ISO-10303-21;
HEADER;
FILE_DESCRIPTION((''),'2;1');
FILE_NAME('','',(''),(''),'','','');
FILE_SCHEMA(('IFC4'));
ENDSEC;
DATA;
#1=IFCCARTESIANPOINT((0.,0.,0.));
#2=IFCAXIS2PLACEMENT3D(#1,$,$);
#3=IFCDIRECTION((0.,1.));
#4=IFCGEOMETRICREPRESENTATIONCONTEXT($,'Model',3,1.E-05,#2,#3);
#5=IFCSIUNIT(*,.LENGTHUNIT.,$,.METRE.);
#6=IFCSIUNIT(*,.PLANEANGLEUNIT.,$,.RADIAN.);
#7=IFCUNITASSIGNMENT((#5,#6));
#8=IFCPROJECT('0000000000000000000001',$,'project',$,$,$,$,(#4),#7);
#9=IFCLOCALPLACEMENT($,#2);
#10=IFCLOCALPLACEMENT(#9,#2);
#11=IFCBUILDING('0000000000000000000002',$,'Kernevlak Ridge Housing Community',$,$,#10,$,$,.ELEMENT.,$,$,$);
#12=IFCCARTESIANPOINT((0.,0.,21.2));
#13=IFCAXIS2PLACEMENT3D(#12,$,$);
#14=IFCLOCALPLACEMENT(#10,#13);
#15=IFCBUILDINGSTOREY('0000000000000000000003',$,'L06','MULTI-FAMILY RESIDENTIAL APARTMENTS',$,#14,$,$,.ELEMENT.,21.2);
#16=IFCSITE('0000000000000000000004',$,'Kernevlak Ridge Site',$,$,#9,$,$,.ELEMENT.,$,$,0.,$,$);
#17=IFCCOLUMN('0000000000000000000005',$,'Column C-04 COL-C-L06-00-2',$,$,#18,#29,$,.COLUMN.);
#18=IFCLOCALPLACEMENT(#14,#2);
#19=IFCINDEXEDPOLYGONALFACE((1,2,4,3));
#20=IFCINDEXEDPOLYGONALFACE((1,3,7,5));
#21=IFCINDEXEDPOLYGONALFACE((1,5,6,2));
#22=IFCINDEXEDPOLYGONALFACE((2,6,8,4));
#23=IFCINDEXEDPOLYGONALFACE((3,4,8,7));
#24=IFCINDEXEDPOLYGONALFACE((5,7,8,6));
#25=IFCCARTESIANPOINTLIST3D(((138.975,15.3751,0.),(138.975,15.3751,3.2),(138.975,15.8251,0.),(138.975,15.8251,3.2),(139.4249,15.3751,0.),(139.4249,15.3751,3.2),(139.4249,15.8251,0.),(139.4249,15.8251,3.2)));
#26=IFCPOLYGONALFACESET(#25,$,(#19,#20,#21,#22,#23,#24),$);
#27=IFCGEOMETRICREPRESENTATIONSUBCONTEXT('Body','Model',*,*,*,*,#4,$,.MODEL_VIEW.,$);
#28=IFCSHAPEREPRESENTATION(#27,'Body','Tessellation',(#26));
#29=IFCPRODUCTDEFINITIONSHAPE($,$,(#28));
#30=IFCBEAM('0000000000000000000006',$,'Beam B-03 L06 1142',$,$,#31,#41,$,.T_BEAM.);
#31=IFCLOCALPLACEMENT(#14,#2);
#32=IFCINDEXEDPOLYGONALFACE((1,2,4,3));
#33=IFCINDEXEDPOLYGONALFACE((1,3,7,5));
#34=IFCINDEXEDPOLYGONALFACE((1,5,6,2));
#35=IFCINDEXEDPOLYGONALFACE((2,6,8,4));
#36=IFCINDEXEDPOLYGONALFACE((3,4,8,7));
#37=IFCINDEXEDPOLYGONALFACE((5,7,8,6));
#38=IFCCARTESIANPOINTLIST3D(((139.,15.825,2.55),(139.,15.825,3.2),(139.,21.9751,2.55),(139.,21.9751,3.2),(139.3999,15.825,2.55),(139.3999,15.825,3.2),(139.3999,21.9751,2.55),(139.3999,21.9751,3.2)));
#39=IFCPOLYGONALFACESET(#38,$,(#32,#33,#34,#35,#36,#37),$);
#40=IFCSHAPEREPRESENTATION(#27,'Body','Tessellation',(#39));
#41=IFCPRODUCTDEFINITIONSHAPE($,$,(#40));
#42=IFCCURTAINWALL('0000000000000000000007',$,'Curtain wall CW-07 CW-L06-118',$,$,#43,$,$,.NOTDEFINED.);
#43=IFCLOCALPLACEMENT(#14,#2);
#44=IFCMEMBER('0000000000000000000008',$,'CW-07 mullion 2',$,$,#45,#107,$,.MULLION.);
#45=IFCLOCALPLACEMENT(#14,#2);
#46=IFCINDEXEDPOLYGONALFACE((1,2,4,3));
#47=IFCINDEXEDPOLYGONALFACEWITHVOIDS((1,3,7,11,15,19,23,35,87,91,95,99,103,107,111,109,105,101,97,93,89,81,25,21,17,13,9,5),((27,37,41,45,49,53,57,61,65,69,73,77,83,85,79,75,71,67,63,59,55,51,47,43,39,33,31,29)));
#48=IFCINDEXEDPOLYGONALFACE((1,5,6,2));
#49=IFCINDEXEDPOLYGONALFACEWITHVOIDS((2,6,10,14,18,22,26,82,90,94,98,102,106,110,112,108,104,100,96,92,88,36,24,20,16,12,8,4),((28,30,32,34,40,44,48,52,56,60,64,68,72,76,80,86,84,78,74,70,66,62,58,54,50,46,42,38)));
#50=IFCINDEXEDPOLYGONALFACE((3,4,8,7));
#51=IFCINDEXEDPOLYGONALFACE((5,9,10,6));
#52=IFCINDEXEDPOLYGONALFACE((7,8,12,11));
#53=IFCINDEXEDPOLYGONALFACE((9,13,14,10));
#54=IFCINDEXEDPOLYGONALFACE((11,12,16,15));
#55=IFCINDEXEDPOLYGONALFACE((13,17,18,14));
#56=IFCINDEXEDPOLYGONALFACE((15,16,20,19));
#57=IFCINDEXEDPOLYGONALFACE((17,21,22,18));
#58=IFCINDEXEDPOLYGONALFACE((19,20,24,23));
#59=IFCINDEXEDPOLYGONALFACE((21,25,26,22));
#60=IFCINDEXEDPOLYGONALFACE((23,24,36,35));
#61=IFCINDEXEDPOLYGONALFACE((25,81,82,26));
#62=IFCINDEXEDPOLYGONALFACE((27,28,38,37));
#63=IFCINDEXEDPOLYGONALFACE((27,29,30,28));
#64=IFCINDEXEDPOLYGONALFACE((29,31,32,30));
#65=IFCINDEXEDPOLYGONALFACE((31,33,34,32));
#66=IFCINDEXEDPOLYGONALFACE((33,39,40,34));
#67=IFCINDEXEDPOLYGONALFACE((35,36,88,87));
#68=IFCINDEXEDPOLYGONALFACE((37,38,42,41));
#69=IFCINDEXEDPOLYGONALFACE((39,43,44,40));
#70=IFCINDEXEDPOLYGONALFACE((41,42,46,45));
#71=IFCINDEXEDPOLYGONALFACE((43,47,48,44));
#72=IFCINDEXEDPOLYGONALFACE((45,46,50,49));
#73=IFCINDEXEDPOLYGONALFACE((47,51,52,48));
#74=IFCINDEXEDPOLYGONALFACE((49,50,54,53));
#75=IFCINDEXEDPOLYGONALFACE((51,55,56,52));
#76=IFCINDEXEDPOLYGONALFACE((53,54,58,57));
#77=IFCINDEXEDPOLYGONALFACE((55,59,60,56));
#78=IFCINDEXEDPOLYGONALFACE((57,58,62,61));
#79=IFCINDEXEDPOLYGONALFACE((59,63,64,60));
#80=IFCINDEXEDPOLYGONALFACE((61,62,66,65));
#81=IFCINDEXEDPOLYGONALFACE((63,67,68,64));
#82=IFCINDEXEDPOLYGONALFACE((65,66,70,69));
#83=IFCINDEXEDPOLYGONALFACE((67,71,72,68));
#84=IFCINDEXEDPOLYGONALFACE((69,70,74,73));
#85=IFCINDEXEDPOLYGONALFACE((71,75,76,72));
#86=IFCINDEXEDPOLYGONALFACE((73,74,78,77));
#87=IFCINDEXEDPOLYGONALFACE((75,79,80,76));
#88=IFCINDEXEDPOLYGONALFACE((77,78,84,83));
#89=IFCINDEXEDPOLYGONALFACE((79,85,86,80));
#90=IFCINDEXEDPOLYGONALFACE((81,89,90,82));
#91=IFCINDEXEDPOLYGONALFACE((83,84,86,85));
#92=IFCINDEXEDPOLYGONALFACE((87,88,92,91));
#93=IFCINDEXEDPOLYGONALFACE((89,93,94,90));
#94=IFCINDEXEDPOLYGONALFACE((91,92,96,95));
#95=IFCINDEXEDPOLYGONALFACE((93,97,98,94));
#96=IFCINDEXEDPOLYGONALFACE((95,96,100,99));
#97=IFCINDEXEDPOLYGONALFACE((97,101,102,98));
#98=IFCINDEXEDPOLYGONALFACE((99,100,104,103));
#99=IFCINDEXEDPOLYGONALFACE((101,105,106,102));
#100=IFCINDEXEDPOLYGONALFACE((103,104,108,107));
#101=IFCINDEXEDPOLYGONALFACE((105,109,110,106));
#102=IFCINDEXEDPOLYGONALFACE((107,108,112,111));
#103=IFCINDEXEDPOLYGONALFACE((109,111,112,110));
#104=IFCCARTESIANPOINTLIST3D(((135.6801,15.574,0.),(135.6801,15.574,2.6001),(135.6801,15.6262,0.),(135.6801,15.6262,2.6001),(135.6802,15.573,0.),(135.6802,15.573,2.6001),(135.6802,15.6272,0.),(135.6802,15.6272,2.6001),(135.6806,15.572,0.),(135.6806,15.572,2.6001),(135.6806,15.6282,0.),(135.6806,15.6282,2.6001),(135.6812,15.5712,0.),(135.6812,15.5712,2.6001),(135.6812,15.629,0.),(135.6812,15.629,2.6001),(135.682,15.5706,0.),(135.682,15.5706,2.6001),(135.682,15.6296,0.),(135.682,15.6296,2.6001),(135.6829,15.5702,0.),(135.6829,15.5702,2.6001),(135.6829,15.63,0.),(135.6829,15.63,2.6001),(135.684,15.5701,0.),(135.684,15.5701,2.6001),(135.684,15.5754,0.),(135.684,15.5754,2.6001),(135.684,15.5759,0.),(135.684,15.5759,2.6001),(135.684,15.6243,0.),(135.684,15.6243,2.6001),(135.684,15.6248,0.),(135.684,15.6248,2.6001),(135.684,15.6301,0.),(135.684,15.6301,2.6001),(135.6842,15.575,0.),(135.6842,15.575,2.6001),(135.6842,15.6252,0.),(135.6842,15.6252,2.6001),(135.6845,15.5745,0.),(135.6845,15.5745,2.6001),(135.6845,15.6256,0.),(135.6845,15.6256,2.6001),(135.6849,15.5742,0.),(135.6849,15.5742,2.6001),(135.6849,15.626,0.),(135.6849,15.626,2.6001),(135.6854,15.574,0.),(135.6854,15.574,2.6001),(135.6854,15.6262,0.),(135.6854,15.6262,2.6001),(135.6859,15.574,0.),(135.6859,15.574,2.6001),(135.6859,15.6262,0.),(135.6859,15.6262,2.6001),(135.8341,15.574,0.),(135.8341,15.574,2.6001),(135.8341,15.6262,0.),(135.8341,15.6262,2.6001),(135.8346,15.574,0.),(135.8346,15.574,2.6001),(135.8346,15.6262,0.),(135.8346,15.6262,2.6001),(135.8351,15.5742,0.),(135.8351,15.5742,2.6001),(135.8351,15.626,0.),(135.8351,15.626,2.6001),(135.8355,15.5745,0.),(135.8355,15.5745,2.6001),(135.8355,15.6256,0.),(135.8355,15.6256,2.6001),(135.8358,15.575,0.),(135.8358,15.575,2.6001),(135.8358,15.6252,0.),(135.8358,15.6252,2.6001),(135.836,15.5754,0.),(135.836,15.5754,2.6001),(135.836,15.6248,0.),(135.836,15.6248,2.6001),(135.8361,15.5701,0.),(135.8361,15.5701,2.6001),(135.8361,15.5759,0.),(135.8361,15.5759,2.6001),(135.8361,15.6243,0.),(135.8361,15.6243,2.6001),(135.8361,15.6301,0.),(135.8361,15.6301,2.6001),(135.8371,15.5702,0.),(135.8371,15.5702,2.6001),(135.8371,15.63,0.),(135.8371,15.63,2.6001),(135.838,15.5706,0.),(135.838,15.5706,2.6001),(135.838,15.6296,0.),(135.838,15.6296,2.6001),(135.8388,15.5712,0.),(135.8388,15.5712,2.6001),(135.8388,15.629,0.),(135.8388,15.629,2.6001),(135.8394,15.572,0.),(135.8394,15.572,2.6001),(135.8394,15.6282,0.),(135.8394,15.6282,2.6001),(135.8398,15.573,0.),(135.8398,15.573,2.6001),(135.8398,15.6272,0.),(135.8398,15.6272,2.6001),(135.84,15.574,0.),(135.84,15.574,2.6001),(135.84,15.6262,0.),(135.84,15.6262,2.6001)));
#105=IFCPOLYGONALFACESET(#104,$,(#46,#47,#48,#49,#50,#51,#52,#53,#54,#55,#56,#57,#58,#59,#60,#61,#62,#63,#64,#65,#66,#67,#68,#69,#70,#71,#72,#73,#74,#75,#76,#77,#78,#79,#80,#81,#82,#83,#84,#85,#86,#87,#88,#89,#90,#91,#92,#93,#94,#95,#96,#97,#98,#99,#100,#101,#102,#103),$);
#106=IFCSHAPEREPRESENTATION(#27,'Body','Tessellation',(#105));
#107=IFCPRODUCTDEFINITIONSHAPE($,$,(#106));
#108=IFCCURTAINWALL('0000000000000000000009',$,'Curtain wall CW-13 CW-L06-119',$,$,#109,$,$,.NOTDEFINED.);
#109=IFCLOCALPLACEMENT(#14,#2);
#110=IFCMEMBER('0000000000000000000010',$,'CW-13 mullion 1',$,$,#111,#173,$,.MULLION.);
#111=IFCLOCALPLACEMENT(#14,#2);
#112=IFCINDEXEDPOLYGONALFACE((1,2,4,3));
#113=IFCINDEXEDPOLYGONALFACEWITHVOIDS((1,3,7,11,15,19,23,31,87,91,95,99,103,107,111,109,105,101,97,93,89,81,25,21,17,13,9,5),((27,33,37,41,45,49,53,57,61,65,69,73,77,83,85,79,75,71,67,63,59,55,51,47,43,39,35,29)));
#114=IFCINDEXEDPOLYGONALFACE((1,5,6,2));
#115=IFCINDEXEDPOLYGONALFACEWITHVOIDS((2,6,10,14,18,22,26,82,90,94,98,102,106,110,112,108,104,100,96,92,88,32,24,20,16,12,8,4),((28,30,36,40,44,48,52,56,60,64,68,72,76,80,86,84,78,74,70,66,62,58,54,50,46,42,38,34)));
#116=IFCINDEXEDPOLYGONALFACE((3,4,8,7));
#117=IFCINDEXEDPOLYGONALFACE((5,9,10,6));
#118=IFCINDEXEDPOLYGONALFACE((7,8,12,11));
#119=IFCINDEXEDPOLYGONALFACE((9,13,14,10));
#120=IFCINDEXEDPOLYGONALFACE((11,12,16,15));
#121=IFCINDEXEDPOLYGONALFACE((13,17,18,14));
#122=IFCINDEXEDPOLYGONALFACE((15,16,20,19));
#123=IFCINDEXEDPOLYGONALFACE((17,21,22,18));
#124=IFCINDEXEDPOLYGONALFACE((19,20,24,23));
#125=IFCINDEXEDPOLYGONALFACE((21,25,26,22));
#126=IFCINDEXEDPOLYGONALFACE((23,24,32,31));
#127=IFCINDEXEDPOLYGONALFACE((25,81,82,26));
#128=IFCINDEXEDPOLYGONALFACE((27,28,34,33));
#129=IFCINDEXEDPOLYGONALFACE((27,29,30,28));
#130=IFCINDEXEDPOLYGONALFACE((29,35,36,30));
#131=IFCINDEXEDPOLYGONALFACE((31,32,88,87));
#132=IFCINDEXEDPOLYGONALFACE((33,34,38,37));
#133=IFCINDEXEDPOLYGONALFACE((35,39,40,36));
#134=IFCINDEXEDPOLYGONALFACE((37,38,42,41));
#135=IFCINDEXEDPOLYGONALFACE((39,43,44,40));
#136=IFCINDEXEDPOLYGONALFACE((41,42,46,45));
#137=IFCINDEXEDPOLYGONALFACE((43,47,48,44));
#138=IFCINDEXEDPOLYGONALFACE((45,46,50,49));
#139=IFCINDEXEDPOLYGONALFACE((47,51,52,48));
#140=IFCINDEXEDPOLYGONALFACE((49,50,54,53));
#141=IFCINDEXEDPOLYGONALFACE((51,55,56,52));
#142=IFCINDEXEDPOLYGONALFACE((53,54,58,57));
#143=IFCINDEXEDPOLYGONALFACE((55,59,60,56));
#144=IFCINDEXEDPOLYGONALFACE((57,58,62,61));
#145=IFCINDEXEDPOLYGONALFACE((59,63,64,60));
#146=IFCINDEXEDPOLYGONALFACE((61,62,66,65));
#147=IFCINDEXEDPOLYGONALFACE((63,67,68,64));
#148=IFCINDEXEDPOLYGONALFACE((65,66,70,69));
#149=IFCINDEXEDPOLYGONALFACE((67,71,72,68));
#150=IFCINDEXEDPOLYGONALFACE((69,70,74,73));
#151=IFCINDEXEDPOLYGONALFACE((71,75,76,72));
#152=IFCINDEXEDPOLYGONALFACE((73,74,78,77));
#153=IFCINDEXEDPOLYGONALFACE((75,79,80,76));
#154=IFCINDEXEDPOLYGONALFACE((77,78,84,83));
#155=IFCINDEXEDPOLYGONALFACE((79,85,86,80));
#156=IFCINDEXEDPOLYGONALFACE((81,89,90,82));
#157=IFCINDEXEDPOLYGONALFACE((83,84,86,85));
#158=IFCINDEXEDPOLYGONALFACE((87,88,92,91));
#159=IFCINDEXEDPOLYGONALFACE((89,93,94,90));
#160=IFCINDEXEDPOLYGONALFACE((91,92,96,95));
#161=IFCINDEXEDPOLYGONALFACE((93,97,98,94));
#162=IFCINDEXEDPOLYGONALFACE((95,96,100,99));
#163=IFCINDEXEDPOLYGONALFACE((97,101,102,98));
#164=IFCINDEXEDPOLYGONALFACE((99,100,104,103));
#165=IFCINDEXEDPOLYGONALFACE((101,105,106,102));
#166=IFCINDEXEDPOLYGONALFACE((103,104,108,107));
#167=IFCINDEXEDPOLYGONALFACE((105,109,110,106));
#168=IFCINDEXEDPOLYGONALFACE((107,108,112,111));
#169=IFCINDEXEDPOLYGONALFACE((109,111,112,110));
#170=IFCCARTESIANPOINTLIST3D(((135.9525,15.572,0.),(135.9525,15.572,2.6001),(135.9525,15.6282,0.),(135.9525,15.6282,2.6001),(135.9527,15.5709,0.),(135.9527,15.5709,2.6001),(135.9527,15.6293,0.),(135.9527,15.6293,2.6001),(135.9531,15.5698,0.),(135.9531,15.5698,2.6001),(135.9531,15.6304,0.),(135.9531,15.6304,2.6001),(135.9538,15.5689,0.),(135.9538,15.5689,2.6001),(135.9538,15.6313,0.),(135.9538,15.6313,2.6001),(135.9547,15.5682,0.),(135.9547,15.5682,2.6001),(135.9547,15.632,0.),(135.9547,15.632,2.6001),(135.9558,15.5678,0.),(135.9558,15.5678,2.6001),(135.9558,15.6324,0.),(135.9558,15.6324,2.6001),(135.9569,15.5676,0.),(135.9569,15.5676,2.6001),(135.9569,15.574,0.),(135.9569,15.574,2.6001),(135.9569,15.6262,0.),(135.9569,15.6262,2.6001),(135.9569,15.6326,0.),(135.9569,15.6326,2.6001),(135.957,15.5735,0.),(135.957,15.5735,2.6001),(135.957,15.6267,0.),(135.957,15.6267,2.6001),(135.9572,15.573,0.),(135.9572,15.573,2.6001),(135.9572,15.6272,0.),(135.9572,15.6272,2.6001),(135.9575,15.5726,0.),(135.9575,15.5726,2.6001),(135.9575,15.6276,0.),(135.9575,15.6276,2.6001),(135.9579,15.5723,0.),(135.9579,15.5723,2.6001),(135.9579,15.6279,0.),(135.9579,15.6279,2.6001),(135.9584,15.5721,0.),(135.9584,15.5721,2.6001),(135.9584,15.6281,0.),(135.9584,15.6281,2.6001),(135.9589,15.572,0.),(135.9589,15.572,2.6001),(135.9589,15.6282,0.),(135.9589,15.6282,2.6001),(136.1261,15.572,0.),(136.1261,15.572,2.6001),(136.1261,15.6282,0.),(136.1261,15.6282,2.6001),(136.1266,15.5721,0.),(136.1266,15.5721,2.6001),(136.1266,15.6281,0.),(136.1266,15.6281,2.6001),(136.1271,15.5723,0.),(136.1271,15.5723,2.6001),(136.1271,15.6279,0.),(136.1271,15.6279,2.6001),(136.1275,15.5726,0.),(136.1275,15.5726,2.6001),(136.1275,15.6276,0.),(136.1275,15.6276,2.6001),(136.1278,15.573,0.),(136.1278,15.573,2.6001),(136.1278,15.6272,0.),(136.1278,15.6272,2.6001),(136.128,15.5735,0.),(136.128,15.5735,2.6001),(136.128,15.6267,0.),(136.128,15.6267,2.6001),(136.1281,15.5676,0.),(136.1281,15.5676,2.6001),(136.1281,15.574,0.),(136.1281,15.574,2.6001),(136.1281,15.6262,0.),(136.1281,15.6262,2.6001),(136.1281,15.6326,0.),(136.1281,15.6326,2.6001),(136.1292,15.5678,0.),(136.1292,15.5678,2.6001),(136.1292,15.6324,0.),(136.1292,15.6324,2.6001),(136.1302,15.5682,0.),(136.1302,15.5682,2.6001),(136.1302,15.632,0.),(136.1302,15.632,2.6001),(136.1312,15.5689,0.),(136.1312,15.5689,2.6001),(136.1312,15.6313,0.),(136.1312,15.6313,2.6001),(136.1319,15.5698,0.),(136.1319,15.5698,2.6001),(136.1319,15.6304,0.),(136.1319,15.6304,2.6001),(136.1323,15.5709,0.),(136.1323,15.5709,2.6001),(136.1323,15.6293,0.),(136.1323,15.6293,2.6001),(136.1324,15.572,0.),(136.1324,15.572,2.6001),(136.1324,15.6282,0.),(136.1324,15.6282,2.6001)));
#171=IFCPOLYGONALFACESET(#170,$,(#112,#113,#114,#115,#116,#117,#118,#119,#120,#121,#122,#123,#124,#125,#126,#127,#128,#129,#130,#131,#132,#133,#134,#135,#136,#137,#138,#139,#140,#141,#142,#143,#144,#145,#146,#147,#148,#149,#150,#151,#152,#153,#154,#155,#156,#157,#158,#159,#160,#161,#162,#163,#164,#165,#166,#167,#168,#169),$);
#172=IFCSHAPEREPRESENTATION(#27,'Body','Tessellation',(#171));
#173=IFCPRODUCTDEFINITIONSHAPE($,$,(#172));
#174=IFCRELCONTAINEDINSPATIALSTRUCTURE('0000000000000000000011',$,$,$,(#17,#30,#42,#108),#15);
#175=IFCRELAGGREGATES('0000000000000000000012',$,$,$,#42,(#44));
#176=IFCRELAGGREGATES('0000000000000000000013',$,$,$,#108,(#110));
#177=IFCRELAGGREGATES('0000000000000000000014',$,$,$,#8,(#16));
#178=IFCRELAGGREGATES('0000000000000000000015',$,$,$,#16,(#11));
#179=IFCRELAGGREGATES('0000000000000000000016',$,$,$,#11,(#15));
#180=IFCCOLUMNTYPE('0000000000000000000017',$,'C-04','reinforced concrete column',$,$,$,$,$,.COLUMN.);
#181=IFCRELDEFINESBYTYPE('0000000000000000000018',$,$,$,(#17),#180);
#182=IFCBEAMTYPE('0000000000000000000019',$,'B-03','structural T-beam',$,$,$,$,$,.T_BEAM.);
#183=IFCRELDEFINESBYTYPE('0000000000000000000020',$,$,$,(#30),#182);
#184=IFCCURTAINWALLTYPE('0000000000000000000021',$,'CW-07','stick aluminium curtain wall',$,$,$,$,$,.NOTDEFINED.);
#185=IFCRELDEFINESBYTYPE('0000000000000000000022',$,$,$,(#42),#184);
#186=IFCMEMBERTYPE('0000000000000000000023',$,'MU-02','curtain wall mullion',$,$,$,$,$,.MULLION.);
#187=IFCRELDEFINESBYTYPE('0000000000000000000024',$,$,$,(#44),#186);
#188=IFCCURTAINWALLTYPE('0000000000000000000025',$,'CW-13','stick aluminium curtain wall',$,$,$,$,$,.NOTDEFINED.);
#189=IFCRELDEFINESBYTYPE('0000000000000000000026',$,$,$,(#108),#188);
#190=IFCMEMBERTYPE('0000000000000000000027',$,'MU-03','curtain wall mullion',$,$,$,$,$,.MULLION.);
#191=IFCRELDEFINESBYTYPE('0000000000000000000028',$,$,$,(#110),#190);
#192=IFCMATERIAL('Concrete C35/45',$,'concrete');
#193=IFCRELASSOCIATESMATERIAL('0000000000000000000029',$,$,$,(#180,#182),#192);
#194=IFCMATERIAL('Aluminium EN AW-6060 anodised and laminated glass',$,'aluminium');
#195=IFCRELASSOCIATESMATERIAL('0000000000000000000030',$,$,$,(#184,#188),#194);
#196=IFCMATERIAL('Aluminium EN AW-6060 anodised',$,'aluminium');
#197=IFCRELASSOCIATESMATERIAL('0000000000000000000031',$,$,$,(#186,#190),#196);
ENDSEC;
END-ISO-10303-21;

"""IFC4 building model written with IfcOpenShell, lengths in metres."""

from ifc_helpers import new_model, si_unit, direction, frame, origin, origin_2d, place, context, subcontext, project, spatial, rectangle, hollow_rectangle, extrude, material, material_profile, profile_set, type_object, element, aggregate, save


model = new_model("IFC4")

# Units and contexts
model_context = context("Model", 3, precision=1e-05, world=origin(), true_north=direction((0.0, 1.0)))
body_context = subcontext(model_context, "Body", "Model", "MODEL_VIEW")
ifc_project = project(units=[si_unit("LENGTHUNIT", "METRE"), si_unit("PLANEANGLEUNIT", "RADIAN")], contexts=[model_context])

# Site, building, storey
site_placement = place(None, origin())
site = spatial("IfcSite", under=ifc_project, at=site_placement, Name="Kernevlak Ridge Site", CompositionType="ELEMENT", RefElevation=0.0)
building_placement = place(site_placement, origin())
building = spatial("IfcBuilding", under=site, at=building_placement, Name="Kernevlak Ridge Housing Community", CompositionType="ELEMENT")
storey_placement = place(building_placement, frame((0.0, 0.0, 21.2)))
storey = spatial("IfcBuildingStorey", under=building, at=storey_placement, Name="L06", Description="MULTI-FAMILY RESIDENTIAL APARTMENTS", CompositionType="ELEMENT", Elevation=21.2)

# Column
ifc_material_1 = material(Name="Concrete C35/45", Category="concrete")
ifc_material_profile_1 = material_profile(ifc_material_1, rectangle(XDim=0.45, YDim=0.45, at=origin_2d()), Name="RC 450x450")
ifc_profile_set_1 = profile_set([ifc_material_profile_1], Name="Concrete C35/45")
column_type = type_object("IfcColumnType", Name="C-04", Description="reinforced concrete column", PredefinedType="COLUMN", material=ifc_profile_set_1)
column_placement = place(storey_placement, frame((139.2, 15.6001, 0.0), z_axis=(0.0, 0.0, 1.0), x_axis=(1.0, 0.0, 0.0)))
element("IfcColumn", 1, at=column_placement, inside=storey, type_object=column_type, Name="Column C-04 COL-C-L06-00-2", PredefinedType="COLUMN", context=body_context, shape_type="SweptSolid", body=[
    extrude(rectangle(XDim=0.45, YDim=0.45, at=origin_2d()), origin(), (0.0, 0.0, 1.0), 3.2),
])

# Beam
ifc_material_profile_2 = material_profile(ifc_material_1, rectangle(XDim=0.3999, YDim=0.6499, at=origin_2d()), Name="RC 400x650")
ifc_profile_set_2 = profile_set([ifc_material_profile_2], Name="Concrete C35/45")
beam_type = type_object("IfcBeamType", Name="B-03", Description="structural T-beam", PredefinedType="T_BEAM", material=ifc_profile_set_2)
beam_placement = place(storey_placement, frame((139.2, 15.825, 2.875), z_axis=(0.0, 1.0, 0.0), x_axis=(-1.0, 0.0, 0.0)))
element("IfcBeam", 2, at=beam_placement, inside=storey, type_object=beam_type, Name="Beam B-03 L06 1142", PredefinedType="T_BEAM", context=body_context, shape_type="SweptSolid", body=[
    extrude(rectangle(XDim=0.3999, YDim=0.6499, at=origin_2d()), origin(), (0.0, 0.0, 1.0), 6.1501),
])

# Curtain wall, member
ifc_material_2 = material(Name="Aluminium EN AW-6060 anodised and laminated glass", Category="aluminium")
curtain_wall_type_1 = type_object("IfcCurtainWallType", Name="CW-07", Description="stick aluminium curtain wall", PredefinedType="NOTDEFINED", material=ifc_material_2)
curtain_wall_1_placement = place(storey_placement, origin())
curtain_wall_1 = element("IfcCurtainWall", 3, at=curtain_wall_1_placement, inside=storey, type_object=curtain_wall_type_1, Name="Curtain wall CW-07 CW-L06-118", PredefinedType="NOTDEFINED")
ifc_material_3 = material(Name="Aluminium EN AW-6060 anodised", Category="aluminium")
ifc_material_profile_3 = material_profile(ifc_material_3, hollow_rectangle(XDim=0.0601, YDim=0.1599, WallThickness=0.0039, InnerFilletRadius=0.002, OuterFilletRadius=0.0039, at=origin_2d()), Name="ALU 60x160x4")
ifc_profile_set_3 = profile_set([ifc_material_profile_3], Name="Aluminium EN AW-6060 anodised")
member_type_1 = type_object("IfcMemberType", Name="MU-02", Description="curtain wall mullion", PredefinedType="MULLION", material=ifc_profile_set_3)
member_1_placement = place(storey_placement, frame((135.76, 15.6001, 0.0), z_axis=(0.0, 0.0, 1.0), x_axis=(0.0, 1.0, 0.0)))
member_1 = element("IfcMember", 4, at=member_1_placement, type_object=member_type_1, Name="CW-07 mullion 2", PredefinedType="MULLION", context=body_context, shape_type="SweptSolid", body=[
    extrude(hollow_rectangle(XDim=0.0601, YDim=0.1599, WallThickness=0.0039, InnerFilletRadius=0.002, OuterFilletRadius=0.0039, at=origin_2d()), origin(), (0.0, 0.0, 1.0), 2.6001),
])
aggregate(curtain_wall_1, [member_1])

# Curtain wall, member
curtain_wall_type_2 = type_object("IfcCurtainWallType", Name="CW-13", Description="stick aluminium curtain wall", PredefinedType="NOTDEFINED", material=ifc_material_2)
curtain_wall_2_placement = place(storey_placement, origin())
curtain_wall_2 = element("IfcCurtainWall", 5, at=curtain_wall_2_placement, inside=storey, type_object=curtain_wall_type_2, Name="Curtain wall CW-13 CW-L06-119", PredefinedType="NOTDEFINED")
ifc_material_profile_4 = material_profile(ifc_material_3, hollow_rectangle(XDim=0.0649, YDim=0.1799, WallThickness=0.0044, InnerFilletRadius=0.002, OuterFilletRadius=0.0044, at=origin_2d()), Name="ALU 65x180x4.5")
ifc_profile_set_4 = profile_set([ifc_material_profile_4], Name="Aluminium EN AW-6060 anodised")
member_type_2 = type_object("IfcMemberType", Name="MU-03", Description="curtain wall mullion", PredefinedType="MULLION", material=ifc_profile_set_4)
member_2_placement = place(storey_placement, frame((136.0425, 15.6001, 0.0), z_axis=(0.0, 0.0, 1.0), x_axis=(0.0, 1.0, 0.0)))
member_2 = element("IfcMember", 6, at=member_2_placement, type_object=member_type_2, Name="CW-13 mullion 1", PredefinedType="MULLION", context=body_context, shape_type="SweptSolid", body=[
    extrude(hollow_rectangle(XDim=0.0649, YDim=0.1799, WallThickness=0.0044, InnerFilletRadius=0.002, OuterFilletRadius=0.0044, at=origin_2d()), origin(), (0.0, 0.0, 1.0), 2.6001),
])
aggregate(curtain_wall_2, [member_2])

save(model, "model.ifc")
